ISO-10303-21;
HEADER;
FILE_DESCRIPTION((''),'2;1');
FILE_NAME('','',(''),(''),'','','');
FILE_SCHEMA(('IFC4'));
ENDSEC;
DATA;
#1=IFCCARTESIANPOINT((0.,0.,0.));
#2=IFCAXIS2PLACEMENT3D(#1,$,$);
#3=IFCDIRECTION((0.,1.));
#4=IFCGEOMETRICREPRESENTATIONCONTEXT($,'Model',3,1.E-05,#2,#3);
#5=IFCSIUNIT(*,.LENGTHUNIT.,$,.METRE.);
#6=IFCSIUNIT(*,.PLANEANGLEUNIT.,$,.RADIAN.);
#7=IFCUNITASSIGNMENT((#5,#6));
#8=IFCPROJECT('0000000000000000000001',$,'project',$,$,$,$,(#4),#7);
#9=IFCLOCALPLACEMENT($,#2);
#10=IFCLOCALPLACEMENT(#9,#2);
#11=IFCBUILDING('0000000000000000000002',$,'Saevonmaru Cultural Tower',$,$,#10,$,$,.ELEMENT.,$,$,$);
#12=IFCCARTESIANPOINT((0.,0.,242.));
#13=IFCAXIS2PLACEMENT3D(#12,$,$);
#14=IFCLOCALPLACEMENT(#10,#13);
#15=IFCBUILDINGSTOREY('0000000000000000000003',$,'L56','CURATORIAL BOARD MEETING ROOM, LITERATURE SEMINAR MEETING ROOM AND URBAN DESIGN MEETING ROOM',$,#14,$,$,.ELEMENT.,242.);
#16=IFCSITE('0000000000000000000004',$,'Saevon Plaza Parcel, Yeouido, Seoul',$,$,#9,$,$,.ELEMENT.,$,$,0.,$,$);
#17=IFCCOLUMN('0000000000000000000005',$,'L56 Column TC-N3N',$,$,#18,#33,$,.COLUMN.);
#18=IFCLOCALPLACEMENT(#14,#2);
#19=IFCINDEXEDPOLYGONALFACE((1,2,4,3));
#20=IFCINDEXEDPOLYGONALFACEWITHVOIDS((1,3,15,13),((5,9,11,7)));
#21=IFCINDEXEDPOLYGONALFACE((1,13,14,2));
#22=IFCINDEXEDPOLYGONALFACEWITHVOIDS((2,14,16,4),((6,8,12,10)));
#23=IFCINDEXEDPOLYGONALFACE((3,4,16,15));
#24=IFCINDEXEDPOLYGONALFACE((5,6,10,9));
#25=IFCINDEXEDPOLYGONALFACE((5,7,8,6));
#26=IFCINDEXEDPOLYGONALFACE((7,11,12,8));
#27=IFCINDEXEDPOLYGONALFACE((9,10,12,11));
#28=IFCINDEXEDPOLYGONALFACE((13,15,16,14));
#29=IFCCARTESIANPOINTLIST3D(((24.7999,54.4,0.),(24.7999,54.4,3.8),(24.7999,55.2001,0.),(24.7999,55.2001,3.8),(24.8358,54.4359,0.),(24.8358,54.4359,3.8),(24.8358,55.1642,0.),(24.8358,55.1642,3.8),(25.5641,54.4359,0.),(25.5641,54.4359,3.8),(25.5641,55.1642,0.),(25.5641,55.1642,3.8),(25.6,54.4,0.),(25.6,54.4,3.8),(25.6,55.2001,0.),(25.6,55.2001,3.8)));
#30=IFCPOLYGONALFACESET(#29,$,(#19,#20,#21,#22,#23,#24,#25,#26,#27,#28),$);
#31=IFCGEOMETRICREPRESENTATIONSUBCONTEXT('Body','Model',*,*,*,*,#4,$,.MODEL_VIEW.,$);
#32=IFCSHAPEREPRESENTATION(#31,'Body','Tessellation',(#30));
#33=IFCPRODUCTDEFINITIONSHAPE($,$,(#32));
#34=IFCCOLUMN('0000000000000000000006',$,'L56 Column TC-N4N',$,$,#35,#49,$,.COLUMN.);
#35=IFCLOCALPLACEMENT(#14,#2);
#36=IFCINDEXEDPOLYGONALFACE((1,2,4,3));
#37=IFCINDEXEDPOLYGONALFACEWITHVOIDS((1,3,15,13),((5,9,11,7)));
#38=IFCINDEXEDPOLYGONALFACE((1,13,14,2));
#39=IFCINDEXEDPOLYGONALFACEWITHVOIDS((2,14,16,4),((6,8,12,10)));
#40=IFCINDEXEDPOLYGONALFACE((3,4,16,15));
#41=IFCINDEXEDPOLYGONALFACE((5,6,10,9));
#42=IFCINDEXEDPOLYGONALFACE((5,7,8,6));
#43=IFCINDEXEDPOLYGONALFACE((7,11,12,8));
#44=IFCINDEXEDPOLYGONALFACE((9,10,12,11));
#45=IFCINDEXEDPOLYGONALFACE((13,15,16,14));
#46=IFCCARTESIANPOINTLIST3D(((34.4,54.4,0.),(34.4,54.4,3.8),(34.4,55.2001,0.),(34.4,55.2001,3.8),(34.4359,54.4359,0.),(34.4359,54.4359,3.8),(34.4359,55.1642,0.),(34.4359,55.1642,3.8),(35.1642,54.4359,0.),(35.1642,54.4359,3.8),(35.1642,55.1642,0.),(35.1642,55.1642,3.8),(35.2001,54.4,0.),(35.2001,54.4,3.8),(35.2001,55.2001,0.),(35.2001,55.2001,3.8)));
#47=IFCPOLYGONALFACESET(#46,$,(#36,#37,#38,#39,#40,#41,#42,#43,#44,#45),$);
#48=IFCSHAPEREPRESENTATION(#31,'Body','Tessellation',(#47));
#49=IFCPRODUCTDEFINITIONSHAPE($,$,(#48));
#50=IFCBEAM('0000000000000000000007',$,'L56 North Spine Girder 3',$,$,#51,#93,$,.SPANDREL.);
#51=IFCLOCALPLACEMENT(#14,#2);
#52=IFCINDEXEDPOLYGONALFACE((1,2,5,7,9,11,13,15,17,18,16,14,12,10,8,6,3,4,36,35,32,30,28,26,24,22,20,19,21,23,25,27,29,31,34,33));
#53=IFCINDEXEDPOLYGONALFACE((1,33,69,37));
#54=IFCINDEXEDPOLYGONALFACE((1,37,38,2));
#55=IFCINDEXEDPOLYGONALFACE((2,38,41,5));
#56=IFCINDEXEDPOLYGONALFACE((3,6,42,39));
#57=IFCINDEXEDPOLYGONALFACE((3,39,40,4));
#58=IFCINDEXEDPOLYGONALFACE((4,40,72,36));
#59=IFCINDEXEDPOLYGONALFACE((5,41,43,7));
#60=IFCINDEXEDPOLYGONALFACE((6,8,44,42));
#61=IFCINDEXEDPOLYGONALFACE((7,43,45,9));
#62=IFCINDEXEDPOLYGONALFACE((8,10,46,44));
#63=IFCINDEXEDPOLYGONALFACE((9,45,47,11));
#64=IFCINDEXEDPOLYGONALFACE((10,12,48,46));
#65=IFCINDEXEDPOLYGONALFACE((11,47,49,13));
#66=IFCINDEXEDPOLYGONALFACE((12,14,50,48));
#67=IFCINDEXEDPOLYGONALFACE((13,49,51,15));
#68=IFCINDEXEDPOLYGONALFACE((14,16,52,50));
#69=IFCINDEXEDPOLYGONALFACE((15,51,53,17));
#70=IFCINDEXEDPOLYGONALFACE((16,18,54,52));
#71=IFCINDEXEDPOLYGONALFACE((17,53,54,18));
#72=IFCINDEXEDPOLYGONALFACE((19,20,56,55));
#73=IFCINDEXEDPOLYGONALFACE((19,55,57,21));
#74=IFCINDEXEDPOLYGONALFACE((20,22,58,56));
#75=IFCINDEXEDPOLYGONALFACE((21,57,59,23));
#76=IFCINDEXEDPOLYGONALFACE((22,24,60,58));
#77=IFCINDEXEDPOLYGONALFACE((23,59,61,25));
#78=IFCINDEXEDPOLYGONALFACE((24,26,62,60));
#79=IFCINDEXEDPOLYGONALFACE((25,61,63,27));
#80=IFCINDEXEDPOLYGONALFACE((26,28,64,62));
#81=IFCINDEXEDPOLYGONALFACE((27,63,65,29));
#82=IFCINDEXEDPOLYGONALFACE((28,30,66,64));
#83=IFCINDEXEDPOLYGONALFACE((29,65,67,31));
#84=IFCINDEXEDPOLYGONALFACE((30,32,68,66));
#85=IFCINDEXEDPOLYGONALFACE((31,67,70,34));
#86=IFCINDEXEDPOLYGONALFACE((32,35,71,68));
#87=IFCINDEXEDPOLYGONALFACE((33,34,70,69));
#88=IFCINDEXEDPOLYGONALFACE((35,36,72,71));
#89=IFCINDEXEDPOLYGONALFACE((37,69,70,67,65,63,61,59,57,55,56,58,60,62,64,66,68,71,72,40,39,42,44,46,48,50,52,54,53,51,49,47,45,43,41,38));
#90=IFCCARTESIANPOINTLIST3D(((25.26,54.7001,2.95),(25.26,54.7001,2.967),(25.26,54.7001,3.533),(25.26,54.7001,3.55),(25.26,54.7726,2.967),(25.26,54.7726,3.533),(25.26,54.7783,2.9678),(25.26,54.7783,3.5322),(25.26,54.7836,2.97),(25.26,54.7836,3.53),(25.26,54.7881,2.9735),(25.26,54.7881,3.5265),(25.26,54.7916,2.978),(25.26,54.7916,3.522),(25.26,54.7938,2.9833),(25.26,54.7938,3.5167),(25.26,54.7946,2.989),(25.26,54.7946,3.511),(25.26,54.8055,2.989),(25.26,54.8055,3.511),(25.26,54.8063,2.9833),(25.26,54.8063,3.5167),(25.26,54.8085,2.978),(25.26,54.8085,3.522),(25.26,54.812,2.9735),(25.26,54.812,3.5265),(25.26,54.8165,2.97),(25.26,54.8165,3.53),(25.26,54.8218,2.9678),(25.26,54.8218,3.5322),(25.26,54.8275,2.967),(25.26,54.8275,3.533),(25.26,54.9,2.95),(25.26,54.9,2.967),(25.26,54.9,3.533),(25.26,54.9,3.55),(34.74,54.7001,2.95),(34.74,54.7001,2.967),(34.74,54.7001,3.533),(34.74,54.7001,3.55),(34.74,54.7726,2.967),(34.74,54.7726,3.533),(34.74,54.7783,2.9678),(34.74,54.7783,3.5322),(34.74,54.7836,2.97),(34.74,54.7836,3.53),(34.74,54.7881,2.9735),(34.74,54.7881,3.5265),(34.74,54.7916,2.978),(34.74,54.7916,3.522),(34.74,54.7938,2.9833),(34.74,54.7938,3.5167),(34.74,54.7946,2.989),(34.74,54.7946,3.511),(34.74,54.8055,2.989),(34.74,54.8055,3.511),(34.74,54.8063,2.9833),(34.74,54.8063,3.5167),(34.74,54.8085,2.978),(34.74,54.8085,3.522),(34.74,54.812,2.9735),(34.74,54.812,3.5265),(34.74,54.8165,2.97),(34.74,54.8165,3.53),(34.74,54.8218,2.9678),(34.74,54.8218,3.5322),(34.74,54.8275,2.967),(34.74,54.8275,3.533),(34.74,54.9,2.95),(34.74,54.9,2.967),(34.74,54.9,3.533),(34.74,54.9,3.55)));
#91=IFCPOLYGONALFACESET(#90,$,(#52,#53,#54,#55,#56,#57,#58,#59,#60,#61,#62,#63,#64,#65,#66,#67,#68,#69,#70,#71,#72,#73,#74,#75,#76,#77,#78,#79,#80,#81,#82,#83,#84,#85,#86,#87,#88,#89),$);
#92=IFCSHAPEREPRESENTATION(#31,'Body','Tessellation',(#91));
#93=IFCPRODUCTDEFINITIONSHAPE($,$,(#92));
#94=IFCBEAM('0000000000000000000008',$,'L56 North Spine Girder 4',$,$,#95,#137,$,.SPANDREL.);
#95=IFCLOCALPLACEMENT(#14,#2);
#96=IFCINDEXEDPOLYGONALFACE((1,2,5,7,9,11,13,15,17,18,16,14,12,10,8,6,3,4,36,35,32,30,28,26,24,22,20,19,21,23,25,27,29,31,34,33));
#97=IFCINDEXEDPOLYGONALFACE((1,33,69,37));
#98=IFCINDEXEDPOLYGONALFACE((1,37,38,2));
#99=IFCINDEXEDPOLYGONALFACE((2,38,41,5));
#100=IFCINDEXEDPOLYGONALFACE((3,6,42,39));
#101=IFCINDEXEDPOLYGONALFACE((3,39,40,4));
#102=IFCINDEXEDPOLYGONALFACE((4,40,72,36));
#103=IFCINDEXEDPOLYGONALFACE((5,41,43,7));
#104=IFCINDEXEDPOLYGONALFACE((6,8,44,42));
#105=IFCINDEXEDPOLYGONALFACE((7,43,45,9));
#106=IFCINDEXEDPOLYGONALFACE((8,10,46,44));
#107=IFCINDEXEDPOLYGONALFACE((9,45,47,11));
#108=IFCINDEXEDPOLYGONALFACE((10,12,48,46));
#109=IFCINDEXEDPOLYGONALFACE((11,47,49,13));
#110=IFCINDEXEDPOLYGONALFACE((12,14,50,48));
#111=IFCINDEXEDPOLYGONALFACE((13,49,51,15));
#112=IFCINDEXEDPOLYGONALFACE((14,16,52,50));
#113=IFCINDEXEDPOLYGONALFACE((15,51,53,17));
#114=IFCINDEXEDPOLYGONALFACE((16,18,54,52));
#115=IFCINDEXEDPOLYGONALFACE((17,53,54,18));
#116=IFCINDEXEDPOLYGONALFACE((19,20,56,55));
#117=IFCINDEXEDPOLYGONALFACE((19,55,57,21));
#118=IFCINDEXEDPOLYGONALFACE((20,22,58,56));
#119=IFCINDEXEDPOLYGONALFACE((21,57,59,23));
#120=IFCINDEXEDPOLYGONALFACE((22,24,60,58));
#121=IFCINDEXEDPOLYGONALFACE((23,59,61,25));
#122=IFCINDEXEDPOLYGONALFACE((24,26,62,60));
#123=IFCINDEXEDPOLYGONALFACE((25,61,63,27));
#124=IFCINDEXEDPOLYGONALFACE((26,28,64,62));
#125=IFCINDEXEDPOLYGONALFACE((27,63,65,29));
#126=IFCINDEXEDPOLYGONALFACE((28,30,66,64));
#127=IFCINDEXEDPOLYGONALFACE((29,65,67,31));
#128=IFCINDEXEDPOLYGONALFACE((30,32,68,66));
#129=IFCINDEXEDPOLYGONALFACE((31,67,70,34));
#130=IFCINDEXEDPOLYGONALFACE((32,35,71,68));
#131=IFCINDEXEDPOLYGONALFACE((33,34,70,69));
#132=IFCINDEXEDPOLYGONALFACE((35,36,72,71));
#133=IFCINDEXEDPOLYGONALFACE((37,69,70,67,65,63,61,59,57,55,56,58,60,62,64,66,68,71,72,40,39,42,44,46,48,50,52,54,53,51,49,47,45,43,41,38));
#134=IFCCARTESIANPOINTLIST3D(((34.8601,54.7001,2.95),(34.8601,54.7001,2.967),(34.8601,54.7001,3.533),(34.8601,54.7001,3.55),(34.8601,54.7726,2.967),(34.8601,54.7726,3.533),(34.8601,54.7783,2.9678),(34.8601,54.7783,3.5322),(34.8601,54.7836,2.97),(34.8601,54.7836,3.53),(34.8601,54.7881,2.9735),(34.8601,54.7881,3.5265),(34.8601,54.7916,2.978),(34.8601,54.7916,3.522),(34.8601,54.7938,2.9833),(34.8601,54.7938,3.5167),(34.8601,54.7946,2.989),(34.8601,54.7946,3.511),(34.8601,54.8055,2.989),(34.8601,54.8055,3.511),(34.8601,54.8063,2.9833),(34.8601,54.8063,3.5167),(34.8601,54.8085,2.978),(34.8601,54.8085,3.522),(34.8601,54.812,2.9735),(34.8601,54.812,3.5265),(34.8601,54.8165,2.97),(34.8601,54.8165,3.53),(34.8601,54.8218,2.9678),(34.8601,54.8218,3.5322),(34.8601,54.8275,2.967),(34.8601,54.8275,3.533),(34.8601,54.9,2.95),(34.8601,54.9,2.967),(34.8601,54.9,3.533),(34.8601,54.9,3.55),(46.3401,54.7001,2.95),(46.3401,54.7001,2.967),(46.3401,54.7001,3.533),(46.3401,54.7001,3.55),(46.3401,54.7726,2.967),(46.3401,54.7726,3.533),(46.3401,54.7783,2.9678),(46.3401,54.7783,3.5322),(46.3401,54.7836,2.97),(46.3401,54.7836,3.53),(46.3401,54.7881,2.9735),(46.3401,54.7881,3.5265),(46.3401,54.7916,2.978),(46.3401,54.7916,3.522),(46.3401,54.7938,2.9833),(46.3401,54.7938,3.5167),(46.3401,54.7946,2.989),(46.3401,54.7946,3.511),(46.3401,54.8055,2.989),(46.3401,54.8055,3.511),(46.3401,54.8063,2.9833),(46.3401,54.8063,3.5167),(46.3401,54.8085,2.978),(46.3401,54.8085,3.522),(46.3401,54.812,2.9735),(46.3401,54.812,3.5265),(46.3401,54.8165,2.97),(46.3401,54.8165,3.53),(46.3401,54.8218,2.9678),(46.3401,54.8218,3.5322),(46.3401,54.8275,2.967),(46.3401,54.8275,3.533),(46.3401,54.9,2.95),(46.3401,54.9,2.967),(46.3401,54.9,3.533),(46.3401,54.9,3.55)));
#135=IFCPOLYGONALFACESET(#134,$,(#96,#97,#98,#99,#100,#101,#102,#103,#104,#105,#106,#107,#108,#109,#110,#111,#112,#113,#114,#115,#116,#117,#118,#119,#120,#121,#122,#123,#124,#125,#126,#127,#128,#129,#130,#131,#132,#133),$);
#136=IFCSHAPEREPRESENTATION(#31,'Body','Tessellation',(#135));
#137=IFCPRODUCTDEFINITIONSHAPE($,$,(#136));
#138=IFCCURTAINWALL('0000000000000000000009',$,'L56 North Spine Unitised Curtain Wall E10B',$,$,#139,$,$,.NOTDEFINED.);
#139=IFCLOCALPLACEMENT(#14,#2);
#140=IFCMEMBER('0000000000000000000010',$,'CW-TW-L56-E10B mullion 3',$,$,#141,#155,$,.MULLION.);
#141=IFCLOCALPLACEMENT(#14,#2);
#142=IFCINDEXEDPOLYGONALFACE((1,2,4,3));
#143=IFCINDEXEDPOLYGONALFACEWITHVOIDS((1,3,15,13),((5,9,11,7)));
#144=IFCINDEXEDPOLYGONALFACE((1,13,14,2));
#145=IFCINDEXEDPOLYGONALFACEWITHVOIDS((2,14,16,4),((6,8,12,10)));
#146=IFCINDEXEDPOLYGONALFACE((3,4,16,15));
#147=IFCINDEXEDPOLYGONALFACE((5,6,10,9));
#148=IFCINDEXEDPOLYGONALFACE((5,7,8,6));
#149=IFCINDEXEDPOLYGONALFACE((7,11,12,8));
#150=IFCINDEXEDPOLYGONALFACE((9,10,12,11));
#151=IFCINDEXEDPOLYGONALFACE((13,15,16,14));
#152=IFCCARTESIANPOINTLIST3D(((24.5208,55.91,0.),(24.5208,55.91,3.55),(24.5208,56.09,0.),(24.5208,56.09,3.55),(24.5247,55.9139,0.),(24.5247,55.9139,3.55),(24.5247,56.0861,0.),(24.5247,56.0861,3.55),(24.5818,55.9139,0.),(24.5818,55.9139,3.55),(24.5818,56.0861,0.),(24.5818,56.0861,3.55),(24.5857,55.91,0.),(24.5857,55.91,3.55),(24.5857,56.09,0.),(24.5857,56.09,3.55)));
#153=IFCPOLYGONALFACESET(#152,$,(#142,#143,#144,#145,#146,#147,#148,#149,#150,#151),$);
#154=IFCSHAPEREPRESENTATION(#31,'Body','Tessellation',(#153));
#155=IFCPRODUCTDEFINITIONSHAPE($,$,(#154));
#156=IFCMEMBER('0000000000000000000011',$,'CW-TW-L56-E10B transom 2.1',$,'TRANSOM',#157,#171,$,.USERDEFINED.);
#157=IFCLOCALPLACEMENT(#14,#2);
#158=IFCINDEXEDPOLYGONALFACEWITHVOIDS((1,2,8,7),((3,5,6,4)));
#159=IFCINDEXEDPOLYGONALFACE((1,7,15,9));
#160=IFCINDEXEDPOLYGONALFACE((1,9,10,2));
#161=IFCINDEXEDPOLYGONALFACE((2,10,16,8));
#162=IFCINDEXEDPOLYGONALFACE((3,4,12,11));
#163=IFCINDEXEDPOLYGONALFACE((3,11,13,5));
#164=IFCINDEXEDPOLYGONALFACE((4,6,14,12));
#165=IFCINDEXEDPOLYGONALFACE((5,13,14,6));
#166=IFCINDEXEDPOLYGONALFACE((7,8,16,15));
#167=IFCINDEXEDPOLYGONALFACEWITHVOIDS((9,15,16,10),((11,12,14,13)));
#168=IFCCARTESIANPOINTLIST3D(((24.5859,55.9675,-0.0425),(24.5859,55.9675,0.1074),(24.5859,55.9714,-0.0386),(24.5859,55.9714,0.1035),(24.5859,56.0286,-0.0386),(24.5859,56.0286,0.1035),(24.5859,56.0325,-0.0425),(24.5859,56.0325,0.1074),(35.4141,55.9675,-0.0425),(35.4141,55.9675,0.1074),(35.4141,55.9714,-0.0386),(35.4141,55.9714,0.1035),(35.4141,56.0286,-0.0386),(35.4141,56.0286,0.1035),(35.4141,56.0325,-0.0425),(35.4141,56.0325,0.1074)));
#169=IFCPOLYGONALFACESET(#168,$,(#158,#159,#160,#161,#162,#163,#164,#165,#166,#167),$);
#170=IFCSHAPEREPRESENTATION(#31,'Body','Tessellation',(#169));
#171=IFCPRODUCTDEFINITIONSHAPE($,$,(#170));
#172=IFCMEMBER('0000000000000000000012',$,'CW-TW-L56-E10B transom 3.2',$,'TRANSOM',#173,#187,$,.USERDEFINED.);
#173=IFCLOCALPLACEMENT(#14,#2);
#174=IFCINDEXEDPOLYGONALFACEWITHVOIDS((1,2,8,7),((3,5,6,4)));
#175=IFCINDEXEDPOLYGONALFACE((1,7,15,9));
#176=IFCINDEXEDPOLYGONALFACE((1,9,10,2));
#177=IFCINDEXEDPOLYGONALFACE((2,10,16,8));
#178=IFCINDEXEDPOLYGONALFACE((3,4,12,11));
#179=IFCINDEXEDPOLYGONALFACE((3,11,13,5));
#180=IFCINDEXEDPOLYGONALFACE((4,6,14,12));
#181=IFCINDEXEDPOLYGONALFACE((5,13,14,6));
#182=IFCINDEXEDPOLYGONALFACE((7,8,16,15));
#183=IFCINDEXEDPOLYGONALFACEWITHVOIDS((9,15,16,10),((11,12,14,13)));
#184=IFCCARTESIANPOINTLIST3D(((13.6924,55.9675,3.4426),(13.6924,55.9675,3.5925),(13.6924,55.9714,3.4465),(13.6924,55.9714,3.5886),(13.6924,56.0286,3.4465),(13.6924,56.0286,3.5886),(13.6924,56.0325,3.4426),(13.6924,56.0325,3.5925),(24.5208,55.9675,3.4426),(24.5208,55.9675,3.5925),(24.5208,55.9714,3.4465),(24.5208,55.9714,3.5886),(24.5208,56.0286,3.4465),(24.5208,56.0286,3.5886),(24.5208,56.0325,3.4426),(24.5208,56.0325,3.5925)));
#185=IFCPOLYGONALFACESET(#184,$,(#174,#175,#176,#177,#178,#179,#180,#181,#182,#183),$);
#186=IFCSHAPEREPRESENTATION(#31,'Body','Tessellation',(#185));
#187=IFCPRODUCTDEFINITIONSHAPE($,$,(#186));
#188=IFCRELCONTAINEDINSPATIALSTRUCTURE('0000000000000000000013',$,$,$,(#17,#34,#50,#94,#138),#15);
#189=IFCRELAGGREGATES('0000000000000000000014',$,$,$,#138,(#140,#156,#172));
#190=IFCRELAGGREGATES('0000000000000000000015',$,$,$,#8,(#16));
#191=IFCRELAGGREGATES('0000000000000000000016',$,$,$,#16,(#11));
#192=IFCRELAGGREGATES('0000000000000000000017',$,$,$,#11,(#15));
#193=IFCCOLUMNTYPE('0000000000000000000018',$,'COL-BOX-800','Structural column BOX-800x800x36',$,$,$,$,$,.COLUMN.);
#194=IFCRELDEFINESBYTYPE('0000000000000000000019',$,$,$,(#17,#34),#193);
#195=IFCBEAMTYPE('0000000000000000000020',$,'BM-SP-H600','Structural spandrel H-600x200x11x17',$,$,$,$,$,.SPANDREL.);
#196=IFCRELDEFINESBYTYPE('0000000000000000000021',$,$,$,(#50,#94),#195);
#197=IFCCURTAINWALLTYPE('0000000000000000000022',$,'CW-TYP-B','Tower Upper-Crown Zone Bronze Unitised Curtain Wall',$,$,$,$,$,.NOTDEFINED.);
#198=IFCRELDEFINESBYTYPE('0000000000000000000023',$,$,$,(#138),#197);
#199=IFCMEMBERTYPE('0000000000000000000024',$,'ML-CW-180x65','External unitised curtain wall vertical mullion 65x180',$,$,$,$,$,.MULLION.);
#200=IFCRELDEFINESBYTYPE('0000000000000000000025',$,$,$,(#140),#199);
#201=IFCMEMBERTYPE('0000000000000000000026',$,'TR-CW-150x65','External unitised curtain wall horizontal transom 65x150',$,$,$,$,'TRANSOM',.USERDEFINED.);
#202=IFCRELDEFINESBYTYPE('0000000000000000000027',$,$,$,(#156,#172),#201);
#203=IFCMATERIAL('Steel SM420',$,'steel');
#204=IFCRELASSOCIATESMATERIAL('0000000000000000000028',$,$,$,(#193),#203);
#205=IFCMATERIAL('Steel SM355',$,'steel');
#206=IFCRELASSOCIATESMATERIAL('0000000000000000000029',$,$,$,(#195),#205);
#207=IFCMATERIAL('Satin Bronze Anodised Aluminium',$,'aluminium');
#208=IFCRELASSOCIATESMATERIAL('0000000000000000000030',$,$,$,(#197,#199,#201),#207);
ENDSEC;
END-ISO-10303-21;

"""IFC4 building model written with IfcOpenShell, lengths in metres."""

from ifc_helpers import new_model, si_unit, direction, frame, origin, origin_2d, place, context, subcontext, project, spatial, hollow_rectangle, i_section, extrude, material, material_profile, profile_set, type_object, element, aggregate, save


model = new_model("IFC4")

# Units and contexts
model_context = context("Model", 3, precision=1e-05, world=origin(), true_north=direction((0.0, 1.0)))
body_context = subcontext(model_context, "Body", "Model", "MODEL_VIEW")
ifc_project = project(units=[si_unit("LENGTHUNIT", "METRE"), si_unit("PLANEANGLEUNIT", "RADIAN")], contexts=[model_context])

# Site, building, storey
site_placement = place(None, origin())
site = spatial("IfcSite", under=ifc_project, at=site_placement, Name="Saevon Plaza Parcel, Yeouido, Seoul", CompositionType="ELEMENT", RefElevation=0.0)
building_placement = place(site_placement, origin())
building = spatial("IfcBuilding", under=site, at=building_placement, Name="Saevonmaru Cultural Tower", CompositionType="ELEMENT")
storey_placement = place(building_placement, frame((0.0, 0.0, 242.0)))
storey = spatial("IfcBuildingStorey", under=building, at=storey_placement, Name="L56", Description="CURATORIAL BOARD MEETING ROOM, LITERATURE SEMINAR MEETING ROOM AND URBAN DESIGN MEETING ROOM", CompositionType="ELEMENT", Elevation=242.0)

# Columns
ifc_material_1 = material(Name="Steel SM420", Category="steel")
ifc_material_profile_1 = material_profile(ifc_material_1, hollow_rectangle(XDim=0.8, YDim=0.8, WallThickness=0.0359, at=origin_2d()), Name="BOX-800x800x36")
ifc_profile_set_1 = profile_set([ifc_material_profile_1], Name="Steel SM420")
column_type = type_object("IfcColumnType", Name="COL-BOX-800", Description="Structural column BOX-800x800x36", PredefinedType="COLUMN", material=ifc_profile_set_1)
for number, where, z_axis, x_axis, name in (
    (1, (25.2, 54.8, 0.0), (0.0, 0.0, 1.0), (1.0, 0.0, 0.0), "L56 Column TC-N3N"),
    (2, (34.8, 54.8, 0.0), (0.0, 0.0, 1.0), (1.0, 0.0, 0.0), "L56 Column TC-N4N"),
):
    element("IfcColumn", number, at=place(storey_placement, frame(where, z_axis=z_axis, x_axis=x_axis)), inside=storey, type_object=column_type, Name=name, PredefinedType="COLUMN", context=body_context, shape_type="SweptSolid", body=[
        extrude(hollow_rectangle(XDim=0.8, YDim=0.8, WallThickness=0.0359, at=origin_2d()), origin(), (0.0, 0.0, 1.0), 3.8),
    ])

# Beams
ifc_material_2 = material(Name="Steel SM355", Category="steel")
ifc_material_profile_2 = material_profile(ifc_material_2, i_section(OverallWidth=0.2, OverallDepth=0.6001, WebThickness=0.011, FlangeThickness=0.0171, FilletRadius=0.022, at=origin_2d()), Name="H-600x200x11x17")
ifc_profile_set_2 = profile_set([ifc_material_profile_2], Name="Steel SM355")
beam_type = type_object("IfcBeamType", Name="BM-SP-H600", Description="Structural spandrel H-600x200x11x17", PredefinedType="SPANDREL", material=ifc_profile_set_2)
beam_1_placement = place(storey_placement, frame((25.26, 54.8, 3.25), z_axis=(1.0, 0.0, 0.0), x_axis=(0.0, 1.0, 0.0)))
element("IfcBeam", 3, at=beam_1_placement, inside=storey, type_object=beam_type, Name="L56 North Spine Girder 3", PredefinedType="SPANDREL", context=body_context, shape_type="SweptSolid", body=[
    extrude(i_section(OverallWidth=0.2, OverallDepth=0.6001, WebThickness=0.011, FlangeThickness=0.0171, FilletRadius=0.022, at=origin_2d()), origin(), (0.0, 0.0, 1.0), 9.48),
])
beam_2_placement = place(storey_placement, frame((34.8601, 54.8, 3.25), z_axis=(1.0, 0.0, 0.0), x_axis=(0.0, 1.0, 0.0)))
element("IfcBeam", 4, at=beam_2_placement, inside=storey, type_object=beam_type, Name="L56 North Spine Girder 4", PredefinedType="SPANDREL", context=body_context, shape_type="SweptSolid", body=[
    extrude(i_section(OverallWidth=0.2, OverallDepth=0.6001, WebThickness=0.011, FlangeThickness=0.0171, FilletRadius=0.022, at=origin_2d()), origin(), (0.0, 0.0, 1.0), 11.48),
])

# Curtain wall, members
ifc_material_3 = material(Name="Satin Bronze Anodised Aluminium", Category="aluminium")
curtain_wall_type = type_object("IfcCurtainWallType", Name="CW-TYP-B", Description="Tower Upper-Crown Zone Bronze Unitised Curtain Wall", PredefinedType="NOTDEFINED", material=ifc_material_3)
curtain_wall_placement = place(storey_placement, origin())
curtain_wall = element("IfcCurtainWall", 5, at=curtain_wall_placement, inside=storey, type_object=curtain_wall_type, Name="L56 North Spine Unitised Curtain Wall E10B", PredefinedType="NOTDEFINED")
ifc_material_profile_3 = material_profile(ifc_material_3, hollow_rectangle(XDim=0.0649, YDim=0.1799, WallThickness=0.0039, at=origin_2d()), Name="ALU-MULL-180x65x4")
ifc_profile_set_3 = profile_set([ifc_material_profile_3], Name="Satin Bronze Anodised Aluminium")
member_type_1 = type_object("IfcMemberType", Name="ML-CW-180x65", Description="External unitised curtain wall vertical mullion 65x180", PredefinedType="MULLION", material=ifc_profile_set_3)
member_1_placement = place(storey_placement, frame((24.5532, 56.0, 0.0), z_axis=(0.0, 0.0, 1.0), x_axis=(-1.0, 0.0, 0.0)))
member_1 = element("IfcMember", 6, at=member_1_placement, type_object=member_type_1, Name="CW-TW-L56-E10B mullion 3", PredefinedType="MULLION", context=body_context, shape_type="SweptSolid", body=[
    extrude(hollow_rectangle(XDim=0.0649, YDim=0.1799, WallThickness=0.0039, at=origin_2d()), origin(), (0.0, 0.0, 1.0), 3.55),
])
ifc_material_profile_4 = material_profile(ifc_material_3, hollow_rectangle(XDim=0.0649, YDim=0.1499, WallThickness=0.0039, at=origin_2d()), Name="ALU-TRAN-150x65x4")
ifc_profile_set_4 = profile_set([ifc_material_profile_4], Name="Satin Bronze Anodised Aluminium")
member_type_2 = type_object("IfcMemberType", Name="TR-CW-150x65", Description="External unitised curtain wall horizontal transom 65x150", ElementType="TRANSOM", PredefinedType="USERDEFINED", material=ifc_profile_set_4)
member_2_placement = place(storey_placement, frame((35.4141, 56.0, 0.0325), z_axis=(-1.0, 0.0, 0.0), x_axis=(0.0, -1.0, 0.0)))
member_2 = element("IfcMember", 7, at=member_2_placement, type_object=member_type_2, Name="CW-TW-L56-E10B transom 2.1", ObjectType="TRANSOM", PredefinedType="USERDEFINED", context=body_context, shape_type="SweptSolid", body=[
    extrude(hollow_rectangle(XDim=0.0649, YDim=0.1499, WallThickness=0.0039, at=origin_2d()), origin(), (0.0, 0.0, 1.0), 10.8281),
])
member_3_placement = place(storey_placement, frame((24.5208, 56.0, 3.5176), z_axis=(-1.0, 0.0, 0.0), x_axis=(0.0, -1.0, 0.0)))
member_3 = element("IfcMember", 8, at=member_3_placement, type_object=member_type_2, Name="CW-TW-L56-E10B transom 3.2", ObjectType="TRANSOM", PredefinedType="USERDEFINED", context=body_context, shape_type="SweptSolid", body=[
    extrude(hollow_rectangle(XDim=0.0649, YDim=0.1499, WallThickness=0.0039, at=origin_2d()), origin(), (0.0, 0.0, 1.0), 10.8284),
])
aggregate(curtain_wall, [member_1, member_2, member_3])

save(model, "model.ifc")
